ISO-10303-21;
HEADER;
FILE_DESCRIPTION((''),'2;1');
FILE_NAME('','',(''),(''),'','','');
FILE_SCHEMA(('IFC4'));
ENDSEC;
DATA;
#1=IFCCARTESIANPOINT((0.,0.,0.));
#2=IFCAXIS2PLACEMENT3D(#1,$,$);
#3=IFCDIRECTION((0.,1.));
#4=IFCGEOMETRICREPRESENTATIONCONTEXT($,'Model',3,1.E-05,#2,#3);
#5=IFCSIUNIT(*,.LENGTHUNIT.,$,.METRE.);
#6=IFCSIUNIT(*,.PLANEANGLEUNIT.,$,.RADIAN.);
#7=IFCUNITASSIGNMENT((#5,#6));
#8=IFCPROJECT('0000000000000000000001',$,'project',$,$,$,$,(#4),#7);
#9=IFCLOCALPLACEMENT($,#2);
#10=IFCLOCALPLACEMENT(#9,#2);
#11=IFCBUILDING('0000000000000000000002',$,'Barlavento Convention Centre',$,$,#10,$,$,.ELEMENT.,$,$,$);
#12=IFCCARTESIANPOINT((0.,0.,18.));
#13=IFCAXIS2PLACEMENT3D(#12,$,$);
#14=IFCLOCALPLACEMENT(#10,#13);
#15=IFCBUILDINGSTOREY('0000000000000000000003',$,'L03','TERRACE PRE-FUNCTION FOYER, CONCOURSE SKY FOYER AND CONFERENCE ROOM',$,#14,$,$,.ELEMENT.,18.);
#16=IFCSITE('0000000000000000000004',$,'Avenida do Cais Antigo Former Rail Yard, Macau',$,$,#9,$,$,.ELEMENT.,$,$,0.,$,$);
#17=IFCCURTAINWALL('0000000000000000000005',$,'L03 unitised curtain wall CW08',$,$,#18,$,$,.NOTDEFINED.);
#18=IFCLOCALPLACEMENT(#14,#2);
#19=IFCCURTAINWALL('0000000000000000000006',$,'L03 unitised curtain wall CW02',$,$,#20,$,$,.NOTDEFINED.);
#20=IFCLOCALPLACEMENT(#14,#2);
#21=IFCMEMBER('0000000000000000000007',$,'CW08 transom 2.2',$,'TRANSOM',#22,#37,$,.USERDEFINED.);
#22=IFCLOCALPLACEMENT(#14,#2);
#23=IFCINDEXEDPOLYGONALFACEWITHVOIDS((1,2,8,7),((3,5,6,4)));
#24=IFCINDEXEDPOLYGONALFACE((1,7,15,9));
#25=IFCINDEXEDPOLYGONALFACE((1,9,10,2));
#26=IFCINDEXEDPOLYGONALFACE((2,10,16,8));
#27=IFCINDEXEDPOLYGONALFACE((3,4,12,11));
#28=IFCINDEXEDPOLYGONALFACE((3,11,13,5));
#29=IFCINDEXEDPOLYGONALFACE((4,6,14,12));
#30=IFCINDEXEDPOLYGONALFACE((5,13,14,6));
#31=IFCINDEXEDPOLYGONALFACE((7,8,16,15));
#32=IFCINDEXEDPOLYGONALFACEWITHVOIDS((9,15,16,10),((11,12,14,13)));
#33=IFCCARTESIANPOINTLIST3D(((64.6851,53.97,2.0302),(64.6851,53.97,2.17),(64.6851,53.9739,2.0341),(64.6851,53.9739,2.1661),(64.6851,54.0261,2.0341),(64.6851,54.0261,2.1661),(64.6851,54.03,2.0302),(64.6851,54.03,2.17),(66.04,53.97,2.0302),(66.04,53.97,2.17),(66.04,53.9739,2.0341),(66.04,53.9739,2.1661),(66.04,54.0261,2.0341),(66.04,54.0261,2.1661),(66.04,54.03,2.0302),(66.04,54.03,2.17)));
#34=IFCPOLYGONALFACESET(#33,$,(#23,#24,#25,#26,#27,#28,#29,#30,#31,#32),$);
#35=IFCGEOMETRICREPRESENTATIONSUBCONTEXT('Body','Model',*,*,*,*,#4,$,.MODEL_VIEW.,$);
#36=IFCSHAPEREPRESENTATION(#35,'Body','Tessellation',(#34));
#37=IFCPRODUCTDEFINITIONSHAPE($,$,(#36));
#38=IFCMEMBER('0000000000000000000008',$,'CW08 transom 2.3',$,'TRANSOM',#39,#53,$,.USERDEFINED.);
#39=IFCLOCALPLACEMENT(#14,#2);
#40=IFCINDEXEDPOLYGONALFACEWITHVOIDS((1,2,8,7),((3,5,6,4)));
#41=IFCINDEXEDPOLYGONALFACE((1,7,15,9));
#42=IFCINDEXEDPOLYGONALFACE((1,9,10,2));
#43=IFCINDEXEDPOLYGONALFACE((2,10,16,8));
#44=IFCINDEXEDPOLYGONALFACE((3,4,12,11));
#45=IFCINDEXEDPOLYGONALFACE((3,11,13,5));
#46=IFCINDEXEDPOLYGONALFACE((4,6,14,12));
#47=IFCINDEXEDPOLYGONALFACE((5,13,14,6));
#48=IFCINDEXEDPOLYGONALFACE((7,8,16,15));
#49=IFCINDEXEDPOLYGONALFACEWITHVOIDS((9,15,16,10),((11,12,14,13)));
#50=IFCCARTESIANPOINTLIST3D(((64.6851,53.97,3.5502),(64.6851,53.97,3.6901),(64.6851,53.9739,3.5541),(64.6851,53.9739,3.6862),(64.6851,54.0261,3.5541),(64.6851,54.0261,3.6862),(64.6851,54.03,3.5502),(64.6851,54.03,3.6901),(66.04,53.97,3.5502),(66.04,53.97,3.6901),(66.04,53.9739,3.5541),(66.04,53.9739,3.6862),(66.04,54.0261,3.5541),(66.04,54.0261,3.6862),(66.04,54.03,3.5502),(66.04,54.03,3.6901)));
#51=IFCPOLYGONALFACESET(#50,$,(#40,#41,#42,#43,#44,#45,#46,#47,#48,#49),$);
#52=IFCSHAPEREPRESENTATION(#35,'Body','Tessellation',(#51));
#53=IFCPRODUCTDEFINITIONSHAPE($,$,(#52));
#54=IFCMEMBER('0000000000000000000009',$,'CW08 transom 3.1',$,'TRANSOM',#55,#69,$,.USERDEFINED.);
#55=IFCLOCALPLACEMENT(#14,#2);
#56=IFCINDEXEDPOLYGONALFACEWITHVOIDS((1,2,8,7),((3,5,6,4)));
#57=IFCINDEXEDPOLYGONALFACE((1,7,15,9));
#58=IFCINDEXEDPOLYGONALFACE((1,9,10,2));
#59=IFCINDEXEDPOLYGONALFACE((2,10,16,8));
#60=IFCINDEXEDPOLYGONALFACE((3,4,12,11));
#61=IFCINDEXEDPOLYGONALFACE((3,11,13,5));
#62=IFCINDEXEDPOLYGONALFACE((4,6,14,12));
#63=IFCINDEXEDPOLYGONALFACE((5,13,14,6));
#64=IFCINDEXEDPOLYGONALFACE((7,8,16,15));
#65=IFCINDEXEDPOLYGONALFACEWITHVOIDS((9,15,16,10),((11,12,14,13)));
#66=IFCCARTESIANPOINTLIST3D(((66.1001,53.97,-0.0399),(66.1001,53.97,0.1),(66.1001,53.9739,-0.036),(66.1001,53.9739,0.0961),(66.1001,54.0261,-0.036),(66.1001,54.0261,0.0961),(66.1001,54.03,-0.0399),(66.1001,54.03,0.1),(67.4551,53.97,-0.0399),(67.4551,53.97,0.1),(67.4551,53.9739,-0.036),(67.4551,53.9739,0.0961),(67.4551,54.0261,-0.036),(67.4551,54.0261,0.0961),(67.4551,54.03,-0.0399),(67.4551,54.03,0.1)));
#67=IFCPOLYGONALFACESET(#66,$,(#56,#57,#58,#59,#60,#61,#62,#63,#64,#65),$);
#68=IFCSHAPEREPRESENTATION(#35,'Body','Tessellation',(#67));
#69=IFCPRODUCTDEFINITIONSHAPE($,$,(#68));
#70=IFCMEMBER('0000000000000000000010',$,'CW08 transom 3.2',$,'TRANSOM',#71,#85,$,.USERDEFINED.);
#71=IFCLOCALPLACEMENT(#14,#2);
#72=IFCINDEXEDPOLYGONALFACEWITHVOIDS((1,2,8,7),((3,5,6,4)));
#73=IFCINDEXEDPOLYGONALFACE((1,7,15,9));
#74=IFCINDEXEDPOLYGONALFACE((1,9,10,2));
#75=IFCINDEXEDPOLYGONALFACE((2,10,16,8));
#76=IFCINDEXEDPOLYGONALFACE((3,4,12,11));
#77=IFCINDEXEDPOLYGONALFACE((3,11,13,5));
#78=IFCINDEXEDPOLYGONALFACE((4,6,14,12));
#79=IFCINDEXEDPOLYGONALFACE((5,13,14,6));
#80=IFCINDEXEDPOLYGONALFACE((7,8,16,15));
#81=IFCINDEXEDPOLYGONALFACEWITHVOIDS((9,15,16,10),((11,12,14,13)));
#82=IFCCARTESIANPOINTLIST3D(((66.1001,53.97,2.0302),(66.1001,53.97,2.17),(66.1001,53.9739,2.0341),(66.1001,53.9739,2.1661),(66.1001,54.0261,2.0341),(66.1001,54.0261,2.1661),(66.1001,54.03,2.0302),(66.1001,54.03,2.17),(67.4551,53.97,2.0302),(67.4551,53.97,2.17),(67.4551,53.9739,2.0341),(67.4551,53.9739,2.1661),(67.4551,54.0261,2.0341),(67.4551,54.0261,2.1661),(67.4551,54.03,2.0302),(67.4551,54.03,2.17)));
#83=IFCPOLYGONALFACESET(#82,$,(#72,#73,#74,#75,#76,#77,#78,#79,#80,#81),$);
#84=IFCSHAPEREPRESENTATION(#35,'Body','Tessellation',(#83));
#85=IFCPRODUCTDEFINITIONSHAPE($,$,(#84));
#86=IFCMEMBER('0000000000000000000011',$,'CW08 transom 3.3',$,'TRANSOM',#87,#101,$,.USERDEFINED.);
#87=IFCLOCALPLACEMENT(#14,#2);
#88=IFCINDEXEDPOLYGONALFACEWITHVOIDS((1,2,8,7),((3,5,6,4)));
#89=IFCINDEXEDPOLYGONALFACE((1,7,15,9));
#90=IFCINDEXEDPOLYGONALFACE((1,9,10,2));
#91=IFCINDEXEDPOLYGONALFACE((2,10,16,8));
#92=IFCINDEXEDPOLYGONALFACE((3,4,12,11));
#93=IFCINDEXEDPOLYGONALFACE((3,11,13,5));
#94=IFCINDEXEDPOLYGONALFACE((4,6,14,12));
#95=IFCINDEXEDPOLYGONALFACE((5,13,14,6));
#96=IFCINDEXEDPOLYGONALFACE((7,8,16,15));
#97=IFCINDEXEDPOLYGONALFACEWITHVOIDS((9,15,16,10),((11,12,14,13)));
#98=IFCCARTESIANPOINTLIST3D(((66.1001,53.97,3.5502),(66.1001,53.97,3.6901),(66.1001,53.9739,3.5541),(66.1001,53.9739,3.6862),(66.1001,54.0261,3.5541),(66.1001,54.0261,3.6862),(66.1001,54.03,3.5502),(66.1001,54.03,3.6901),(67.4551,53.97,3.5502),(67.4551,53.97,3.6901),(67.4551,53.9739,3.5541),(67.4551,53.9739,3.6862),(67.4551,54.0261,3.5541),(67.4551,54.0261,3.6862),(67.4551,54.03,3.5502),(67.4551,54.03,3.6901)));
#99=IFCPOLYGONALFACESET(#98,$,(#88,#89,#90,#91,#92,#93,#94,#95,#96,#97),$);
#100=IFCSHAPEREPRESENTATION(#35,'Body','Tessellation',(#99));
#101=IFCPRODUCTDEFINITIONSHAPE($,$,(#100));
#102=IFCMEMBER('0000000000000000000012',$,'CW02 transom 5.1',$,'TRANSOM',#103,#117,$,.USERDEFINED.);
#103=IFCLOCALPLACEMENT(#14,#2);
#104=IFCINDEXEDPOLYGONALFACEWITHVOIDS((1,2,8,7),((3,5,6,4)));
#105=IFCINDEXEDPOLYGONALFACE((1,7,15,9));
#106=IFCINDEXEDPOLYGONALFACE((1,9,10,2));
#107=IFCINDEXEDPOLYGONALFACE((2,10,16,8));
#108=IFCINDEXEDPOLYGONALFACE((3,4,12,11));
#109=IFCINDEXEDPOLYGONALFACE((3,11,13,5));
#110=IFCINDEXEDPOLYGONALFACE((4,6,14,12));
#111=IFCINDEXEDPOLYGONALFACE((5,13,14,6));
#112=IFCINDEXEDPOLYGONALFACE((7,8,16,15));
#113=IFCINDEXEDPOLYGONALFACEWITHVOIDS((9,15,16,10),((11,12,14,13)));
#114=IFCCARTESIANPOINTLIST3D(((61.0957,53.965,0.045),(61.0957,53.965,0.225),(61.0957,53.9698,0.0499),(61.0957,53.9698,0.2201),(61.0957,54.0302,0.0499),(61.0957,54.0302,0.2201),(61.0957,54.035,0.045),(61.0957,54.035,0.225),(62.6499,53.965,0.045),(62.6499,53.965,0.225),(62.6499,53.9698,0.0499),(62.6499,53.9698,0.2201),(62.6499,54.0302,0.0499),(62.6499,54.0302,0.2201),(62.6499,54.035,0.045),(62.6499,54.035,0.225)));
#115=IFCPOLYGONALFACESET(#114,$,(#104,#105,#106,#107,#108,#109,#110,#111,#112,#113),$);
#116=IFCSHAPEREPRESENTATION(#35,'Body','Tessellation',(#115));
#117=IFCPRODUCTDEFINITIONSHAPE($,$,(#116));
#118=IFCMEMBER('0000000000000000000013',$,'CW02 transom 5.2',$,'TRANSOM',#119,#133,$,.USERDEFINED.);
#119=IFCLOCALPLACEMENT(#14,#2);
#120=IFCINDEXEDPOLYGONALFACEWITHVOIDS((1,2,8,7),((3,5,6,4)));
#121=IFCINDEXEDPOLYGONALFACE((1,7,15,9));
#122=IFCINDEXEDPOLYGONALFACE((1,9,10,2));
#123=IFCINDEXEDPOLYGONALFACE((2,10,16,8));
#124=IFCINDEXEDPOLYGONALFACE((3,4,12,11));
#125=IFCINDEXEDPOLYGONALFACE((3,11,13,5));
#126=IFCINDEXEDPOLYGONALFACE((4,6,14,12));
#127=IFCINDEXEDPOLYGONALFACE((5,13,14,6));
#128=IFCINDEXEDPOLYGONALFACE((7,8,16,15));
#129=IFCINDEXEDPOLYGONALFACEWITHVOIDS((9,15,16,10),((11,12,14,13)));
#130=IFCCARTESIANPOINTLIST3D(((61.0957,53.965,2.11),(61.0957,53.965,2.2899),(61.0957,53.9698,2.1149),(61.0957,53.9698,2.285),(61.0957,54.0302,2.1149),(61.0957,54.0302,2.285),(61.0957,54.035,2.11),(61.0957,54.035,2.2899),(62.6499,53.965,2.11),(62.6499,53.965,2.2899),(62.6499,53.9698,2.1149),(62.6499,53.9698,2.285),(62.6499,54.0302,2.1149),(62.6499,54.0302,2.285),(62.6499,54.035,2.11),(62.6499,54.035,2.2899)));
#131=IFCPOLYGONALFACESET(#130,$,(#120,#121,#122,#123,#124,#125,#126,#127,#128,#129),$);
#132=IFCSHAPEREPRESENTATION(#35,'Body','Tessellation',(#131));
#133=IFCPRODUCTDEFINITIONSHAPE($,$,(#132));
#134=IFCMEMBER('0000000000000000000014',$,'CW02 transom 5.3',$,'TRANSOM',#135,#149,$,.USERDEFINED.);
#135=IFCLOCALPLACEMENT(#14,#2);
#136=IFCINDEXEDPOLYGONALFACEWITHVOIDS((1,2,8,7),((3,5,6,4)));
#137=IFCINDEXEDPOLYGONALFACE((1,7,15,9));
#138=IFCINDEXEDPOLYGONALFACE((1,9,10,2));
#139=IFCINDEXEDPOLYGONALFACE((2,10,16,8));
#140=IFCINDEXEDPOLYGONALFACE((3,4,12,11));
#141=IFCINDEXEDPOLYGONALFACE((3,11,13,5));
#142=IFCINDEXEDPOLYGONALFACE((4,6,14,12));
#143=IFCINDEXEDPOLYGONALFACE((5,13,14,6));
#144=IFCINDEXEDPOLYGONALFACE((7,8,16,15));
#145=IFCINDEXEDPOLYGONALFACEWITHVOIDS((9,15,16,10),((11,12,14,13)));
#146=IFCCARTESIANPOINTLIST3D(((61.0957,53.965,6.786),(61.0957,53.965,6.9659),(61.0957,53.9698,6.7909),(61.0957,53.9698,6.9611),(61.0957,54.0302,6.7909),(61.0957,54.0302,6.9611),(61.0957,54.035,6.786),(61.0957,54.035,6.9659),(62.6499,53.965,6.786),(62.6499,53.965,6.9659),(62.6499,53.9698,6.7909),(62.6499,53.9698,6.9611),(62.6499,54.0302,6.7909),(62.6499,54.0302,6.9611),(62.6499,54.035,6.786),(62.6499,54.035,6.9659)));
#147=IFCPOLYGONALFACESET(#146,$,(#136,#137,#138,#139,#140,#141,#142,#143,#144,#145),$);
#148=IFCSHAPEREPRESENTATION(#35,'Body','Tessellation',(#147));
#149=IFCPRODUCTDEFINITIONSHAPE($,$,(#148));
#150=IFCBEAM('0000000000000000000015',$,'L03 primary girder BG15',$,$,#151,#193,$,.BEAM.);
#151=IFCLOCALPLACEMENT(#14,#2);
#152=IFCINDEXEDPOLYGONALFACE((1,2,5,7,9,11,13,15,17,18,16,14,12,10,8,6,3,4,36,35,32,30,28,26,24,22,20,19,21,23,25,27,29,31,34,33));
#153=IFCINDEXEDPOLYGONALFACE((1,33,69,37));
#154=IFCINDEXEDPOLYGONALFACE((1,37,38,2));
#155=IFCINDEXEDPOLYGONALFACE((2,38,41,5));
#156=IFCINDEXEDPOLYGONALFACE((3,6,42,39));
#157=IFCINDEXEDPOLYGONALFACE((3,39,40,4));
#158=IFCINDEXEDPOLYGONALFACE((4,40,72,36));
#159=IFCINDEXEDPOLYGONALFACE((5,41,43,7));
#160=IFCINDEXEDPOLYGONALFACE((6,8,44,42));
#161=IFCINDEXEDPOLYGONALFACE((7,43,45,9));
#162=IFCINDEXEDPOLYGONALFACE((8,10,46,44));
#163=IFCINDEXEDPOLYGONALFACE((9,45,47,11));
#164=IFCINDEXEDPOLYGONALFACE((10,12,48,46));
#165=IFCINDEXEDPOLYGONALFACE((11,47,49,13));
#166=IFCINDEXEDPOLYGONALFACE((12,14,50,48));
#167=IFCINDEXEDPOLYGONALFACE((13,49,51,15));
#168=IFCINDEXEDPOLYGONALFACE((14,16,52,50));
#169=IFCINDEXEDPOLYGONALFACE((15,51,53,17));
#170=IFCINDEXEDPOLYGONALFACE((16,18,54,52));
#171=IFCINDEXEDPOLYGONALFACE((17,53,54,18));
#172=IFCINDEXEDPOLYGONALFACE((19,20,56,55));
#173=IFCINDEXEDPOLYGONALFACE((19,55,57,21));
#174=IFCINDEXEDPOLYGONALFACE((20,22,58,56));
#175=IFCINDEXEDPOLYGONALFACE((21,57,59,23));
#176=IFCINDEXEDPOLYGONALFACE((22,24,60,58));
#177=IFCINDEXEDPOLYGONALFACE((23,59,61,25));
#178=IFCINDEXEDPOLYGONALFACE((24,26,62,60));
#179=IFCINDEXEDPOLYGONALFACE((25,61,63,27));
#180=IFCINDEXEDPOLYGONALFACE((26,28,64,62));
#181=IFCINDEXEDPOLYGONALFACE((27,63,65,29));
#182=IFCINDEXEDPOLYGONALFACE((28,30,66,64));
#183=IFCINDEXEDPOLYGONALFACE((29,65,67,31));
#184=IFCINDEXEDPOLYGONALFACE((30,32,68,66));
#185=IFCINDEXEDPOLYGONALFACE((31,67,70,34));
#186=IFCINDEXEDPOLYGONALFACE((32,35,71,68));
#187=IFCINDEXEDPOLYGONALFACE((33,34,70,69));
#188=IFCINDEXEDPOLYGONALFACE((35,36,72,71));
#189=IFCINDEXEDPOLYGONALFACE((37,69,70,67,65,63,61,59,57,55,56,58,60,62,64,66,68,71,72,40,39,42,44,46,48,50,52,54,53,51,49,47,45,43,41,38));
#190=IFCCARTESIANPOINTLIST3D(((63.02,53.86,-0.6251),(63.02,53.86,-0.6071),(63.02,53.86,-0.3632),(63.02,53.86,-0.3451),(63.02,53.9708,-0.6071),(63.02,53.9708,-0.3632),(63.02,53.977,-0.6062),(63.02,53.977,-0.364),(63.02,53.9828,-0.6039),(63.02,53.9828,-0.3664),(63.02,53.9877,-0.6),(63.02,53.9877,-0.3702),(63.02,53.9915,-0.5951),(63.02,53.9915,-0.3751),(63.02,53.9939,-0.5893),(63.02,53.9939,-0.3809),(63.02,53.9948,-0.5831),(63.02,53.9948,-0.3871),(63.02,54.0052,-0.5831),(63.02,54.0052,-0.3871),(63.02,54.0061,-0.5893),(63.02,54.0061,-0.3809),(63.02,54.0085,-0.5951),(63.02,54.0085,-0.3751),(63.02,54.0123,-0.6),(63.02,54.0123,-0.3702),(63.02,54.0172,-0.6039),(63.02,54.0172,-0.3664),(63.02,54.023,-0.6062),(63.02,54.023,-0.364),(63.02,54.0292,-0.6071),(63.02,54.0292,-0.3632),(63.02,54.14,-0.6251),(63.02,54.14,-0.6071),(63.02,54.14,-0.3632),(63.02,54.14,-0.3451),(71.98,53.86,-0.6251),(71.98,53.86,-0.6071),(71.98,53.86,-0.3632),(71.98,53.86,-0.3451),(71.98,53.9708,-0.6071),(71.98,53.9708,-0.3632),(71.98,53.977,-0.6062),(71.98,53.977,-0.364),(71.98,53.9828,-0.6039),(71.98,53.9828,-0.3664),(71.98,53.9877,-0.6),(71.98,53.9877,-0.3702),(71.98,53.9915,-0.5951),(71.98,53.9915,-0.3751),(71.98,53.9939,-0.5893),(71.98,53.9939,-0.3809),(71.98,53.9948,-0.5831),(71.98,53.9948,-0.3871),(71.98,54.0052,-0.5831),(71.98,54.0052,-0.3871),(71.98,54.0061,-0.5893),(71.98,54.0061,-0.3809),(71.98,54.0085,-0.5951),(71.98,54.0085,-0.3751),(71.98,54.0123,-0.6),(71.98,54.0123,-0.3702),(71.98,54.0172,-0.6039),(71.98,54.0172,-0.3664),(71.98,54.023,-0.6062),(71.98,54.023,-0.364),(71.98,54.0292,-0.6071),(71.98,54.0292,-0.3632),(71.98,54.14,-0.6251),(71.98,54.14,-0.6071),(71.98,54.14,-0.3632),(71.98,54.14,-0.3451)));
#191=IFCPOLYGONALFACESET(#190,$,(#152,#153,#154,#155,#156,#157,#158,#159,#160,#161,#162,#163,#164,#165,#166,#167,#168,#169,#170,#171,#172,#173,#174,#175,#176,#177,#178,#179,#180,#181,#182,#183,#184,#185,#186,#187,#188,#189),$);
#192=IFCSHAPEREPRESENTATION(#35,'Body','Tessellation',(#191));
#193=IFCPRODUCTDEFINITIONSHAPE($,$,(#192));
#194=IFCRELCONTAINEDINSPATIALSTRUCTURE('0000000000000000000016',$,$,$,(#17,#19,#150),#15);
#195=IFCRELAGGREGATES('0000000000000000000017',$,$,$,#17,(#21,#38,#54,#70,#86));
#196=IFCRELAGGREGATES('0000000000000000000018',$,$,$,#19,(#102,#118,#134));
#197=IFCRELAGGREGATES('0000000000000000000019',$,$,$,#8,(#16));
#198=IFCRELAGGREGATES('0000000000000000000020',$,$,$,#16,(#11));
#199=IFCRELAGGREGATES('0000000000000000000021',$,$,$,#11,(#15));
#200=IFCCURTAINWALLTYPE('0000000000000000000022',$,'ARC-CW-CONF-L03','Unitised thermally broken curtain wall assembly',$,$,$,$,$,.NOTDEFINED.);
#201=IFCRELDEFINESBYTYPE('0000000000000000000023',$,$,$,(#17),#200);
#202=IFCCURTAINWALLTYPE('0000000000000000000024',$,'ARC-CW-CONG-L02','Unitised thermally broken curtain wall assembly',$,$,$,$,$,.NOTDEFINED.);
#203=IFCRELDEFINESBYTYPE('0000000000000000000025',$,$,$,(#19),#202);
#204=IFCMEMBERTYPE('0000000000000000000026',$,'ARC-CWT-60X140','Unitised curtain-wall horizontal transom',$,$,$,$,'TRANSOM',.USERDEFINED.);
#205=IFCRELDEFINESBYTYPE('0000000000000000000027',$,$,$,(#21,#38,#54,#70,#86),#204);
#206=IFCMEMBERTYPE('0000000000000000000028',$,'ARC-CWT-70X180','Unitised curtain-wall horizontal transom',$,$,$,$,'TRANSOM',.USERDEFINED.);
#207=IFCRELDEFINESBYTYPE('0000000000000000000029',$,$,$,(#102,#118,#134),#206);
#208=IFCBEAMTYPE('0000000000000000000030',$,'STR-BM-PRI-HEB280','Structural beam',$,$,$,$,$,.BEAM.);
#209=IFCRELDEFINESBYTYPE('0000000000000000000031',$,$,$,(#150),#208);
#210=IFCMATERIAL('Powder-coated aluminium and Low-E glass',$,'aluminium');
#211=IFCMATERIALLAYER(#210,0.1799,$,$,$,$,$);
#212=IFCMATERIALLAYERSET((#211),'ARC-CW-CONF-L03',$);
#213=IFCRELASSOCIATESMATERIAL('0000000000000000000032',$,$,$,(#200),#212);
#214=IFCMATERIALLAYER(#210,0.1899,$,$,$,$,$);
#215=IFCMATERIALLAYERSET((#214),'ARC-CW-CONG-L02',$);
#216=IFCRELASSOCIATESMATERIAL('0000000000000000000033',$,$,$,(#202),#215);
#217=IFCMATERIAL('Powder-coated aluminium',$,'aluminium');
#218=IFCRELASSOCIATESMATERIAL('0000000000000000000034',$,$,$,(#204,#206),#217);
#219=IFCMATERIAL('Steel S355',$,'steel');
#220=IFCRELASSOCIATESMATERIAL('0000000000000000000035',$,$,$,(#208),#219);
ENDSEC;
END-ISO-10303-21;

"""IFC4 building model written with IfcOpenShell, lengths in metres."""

from ifc_helpers import new_model, si_unit, direction, frame, origin, origin_2d, place, context, subcontext, project, spatial, hollow_rectangle, i_section, extrude, material, layer, layer_set, material_profile, profile_set, type_object, element, aggregate, save


model = new_model("IFC4")

# Units and contexts
model_context = context("Model", 3, precision=1e-05, world=origin(), true_north=direction((0.0, 1.0)))
body_context = subcontext(model_context, "Body", "Model", "MODEL_VIEW")
ifc_project = project(units=[si_unit("LENGTHUNIT", "METRE"), si_unit("PLANEANGLEUNIT", "RADIAN")], contexts=[model_context])

# Site, building, storey
site_placement = place(None, origin())
site = spatial("IfcSite", under=ifc_project, at=site_placement, Name="Avenida do Cais Antigo Former Rail Yard, Macau", CompositionType="ELEMENT", RefElevation=0.0)
building_placement = place(site_placement, origin())
building = spatial("IfcBuilding", under=site, at=building_placement, Name="Barlavento Convention Centre", CompositionType="ELEMENT")
storey_placement = place(building_placement, frame((0.0, 0.0, 18.0)))
storey = spatial("IfcBuildingStorey", under=building, at=storey_placement, Name="L03", Description="TERRACE PRE-FUNCTION FOYER, CONCOURSE SKY FOYER AND CONFERENCE ROOM", CompositionType="ELEMENT", Elevation=18.0)

# Shared definitions
ifc_material_1 = material(Name="Steel S355", Category="steel")

# Curtain wall
ifc_material_2 = material(Name="Powder-coated aluminium and Low-E glass", Category="aluminium")
ifc_layer_1 = layer(ifc_material_2, 0.1799)
ifc_layer_set_1 = layer_set([ifc_layer_1], Name="ARC-CW-CONF-L03")
curtain_wall_type_1 = type_object("IfcCurtainWallType", Name="ARC-CW-CONF-L03", Description="Unitised thermally broken curtain wall assembly", PredefinedType="NOTDEFINED", material=ifc_layer_set_1)
curtain_wall_1_placement = place(storey_placement, origin())
curtain_wall_1 = element("IfcCurtainWall", 1, at=curtain_wall_1_placement, inside=storey, type_object=curtain_wall_type_1, Name="L03 unitised curtain wall CW08", PredefinedType="NOTDEFINED")
ifc_material_3 = material(Name="Powder-coated aluminium", Category="aluminium")

# Curtain wall
ifc_layer_2 = layer(ifc_material_2, 0.1899)
ifc_layer_set_2 = layer_set([ifc_layer_2], Name="ARC-CW-CONG-L02")
curtain_wall_type_2 = type_object("IfcCurtainWallType", Name="ARC-CW-CONG-L02", Description="Unitised thermally broken curtain wall assembly", PredefinedType="NOTDEFINED", material=ifc_layer_set_2)
curtain_wall_2_placement = place(storey_placement, origin())
curtain_wall_2 = element("IfcCurtainWall", 2, at=curtain_wall_2_placement, inside=storey, type_object=curtain_wall_type_2, Name="L03 unitised curtain wall CW02", PredefinedType="NOTDEFINED")

# Members
ifc_material_profile_1 = material_profile(ifc_material_3, hollow_rectangle(XDim=0.0601, YDim=0.1399, WallThickness=0.0039, at=origin_2d()), Name="AL-TRAN 60x140x4")
ifc_profile_set_1 = profile_set([ifc_material_profile_1], Name="Powder-coated aluminium")
member_type_1 = type_object("IfcMemberType", Name="ARC-CWT-60X140", Description="Unitised curtain-wall horizontal transom", ElementType="TRANSOM", PredefinedType="USERDEFINED", material=ifc_profile_set_1)
member_1_placement = place(storey_placement, frame((64.6851, 54.0, 2.1001), z_axis=(1.0, 0.0, 0.0), x_axis=(0.0, 1.0, 0.0)))
member_1 = element("IfcMember", 3, at=member_1_placement, type_object=member_type_1, Name="CW08 transom 2.2", ObjectType="TRANSOM", PredefinedType="USERDEFINED", context=body_context, shape_type="SweptSolid", body=[
    extrude(hollow_rectangle(XDim=0.0601, YDim=0.1399, WallThickness=0.0039, at=origin_2d()), origin(), (0.0, 0.0, 1.0), 1.355),
])
member_2_placement = place(storey_placement, frame((64.6851, 54.0, 3.6201), z_axis=(1.0, 0.0, 0.0), x_axis=(0.0, 1.0, 0.0)))
member_2 = element("IfcMember", 4, at=member_2_placement, type_object=member_type_1, Name="CW08 transom 2.3", ObjectType="TRANSOM", PredefinedType="USERDEFINED", context=body_context, shape_type="SweptSolid", body=[
    extrude(hollow_rectangle(XDim=0.0601, YDim=0.1399, WallThickness=0.0039, at=origin_2d()), origin(), (0.0, 0.0, 1.0), 1.355),
])
member_3_placement = place(storey_placement, frame((66.1001, 54.0, 0.03), z_axis=(1.0, 0.0, 0.0), x_axis=(0.0, 1.0, 0.0)))
member_3 = element("IfcMember", 5, at=member_3_placement, type_object=member_type_1, Name="CW08 transom 3.1", ObjectType="TRANSOM", PredefinedType="USERDEFINED", context=body_context, shape_type="SweptSolid", body=[
    extrude(hollow_rectangle(XDim=0.0601, YDim=0.1399, WallThickness=0.0039, at=origin_2d()), origin(), (0.0, 0.0, 1.0), 1.355),
])
member_4_placement = place(storey_placement, frame((66.1001, 54.0, 2.1001), z_axis=(1.0, 0.0, 0.0), x_axis=(0.0, 1.0, 0.0)))
member_4 = element("IfcMember", 6, at=member_4_placement, type_object=member_type_1, Name="CW08 transom 3.2", ObjectType="TRANSOM", PredefinedType="USERDEFINED", context=body_context, shape_type="SweptSolid", body=[
    extrude(hollow_rectangle(XDim=0.0601, YDim=0.1399, WallThickness=0.0039, at=origin_2d()), origin(), (0.0, 0.0, 1.0), 1.355),
])
member_5_placement = place(storey_placement, frame((66.1001, 54.0, 3.6201), z_axis=(1.0, 0.0, 0.0), x_axis=(0.0, 1.0, 0.0)))
member_5 = element("IfcMember", 7, at=member_5_placement, type_object=member_type_1, Name="CW08 transom 3.3", ObjectType="TRANSOM", PredefinedType="USERDEFINED", context=body_context, shape_type="SweptSolid", body=[
    extrude(hollow_rectangle(XDim=0.0601, YDim=0.1399, WallThickness=0.0039, at=origin_2d()), origin(), (0.0, 0.0, 1.0), 1.355),
])
ifc_material_profile_2 = material_profile(ifc_material_3, hollow_rectangle(XDim=0.0701, YDim=0.1799, WallThickness=0.0049, at=origin_2d()), Name="AL-TRAN 70x180x5")
ifc_profile_set_2 = profile_set([ifc_material_profile_2], Name="Powder-coated aluminium")
member_type_2 = type_object("IfcMemberType", Name="ARC-CWT-70X180", Description="Unitised curtain-wall horizontal transom", ElementType="TRANSOM", PredefinedType="USERDEFINED", material=ifc_profile_set_2)
member_6_placement = place(storey_placement, frame((61.0957, 54.0, 0.135), z_axis=(1.0, 0.0, 0.0), x_axis=(0.0, 1.0, 0.0)))
member_6 = element("IfcMember", 8, at=member_6_placement, type_object=member_type_2, Name="CW02 transom 5.1", ObjectType="TRANSOM", PredefinedType="USERDEFINED", context=body_context, shape_type="SweptSolid", body=[
    extrude(hollow_rectangle(XDim=0.0701, YDim=0.1799, WallThickness=0.0049, at=origin_2d()), origin(), (0.0, 0.0, 1.0), 1.5542),
])
member_7_placement = place(storey_placement, frame((61.0957, 54.0, 2.2), z_axis=(1.0, 0.0, 0.0), x_axis=(0.0, 1.0, 0.0)))
member_7 = element("IfcMember", 9, at=member_7_placement, type_object=member_type_2, Name="CW02 transom 5.2", ObjectType="TRANSOM", PredefinedType="USERDEFINED", context=body_context, shape_type="SweptSolid", body=[
    extrude(hollow_rectangle(XDim=0.0701, YDim=0.1799, WallThickness=0.0049, at=origin_2d()), origin(), (0.0, 0.0, 1.0), 1.5542),
])
member_8_placement = place(storey_placement, frame((61.0957, 54.0, 6.876), z_axis=(1.0, 0.0, 0.0), x_axis=(0.0, 1.0, 0.0)))
member_8 = element("IfcMember", 10, at=member_8_placement, type_object=member_type_2, Name="CW02 transom 5.3", ObjectType="TRANSOM", PredefinedType="USERDEFINED", context=body_context, shape_type="SweptSolid", body=[
    extrude(hollow_rectangle(XDim=0.0701, YDim=0.1799, WallThickness=0.0049, at=origin_2d()), origin(), (0.0, 0.0, 1.0), 1.5542),
])

# Beam
ifc_material_profile_3 = material_profile(ifc_material_1, i_section(OverallWidth=0.28, OverallDepth=0.28, WebThickness=0.0105, FlangeThickness=0.0181, FilletRadius=0.0239, at=origin_2d()), Name="HEB 280")
ifc_profile_set_3 = profile_set([ifc_material_profile_3], Name="Steel S355")
beam_type_1 = type_object("IfcBeamType", Name="STR-BM-PRI-HEB280", Description="Structural beam", PredefinedType="BEAM", material=ifc_profile_set_3)
beam_1_placement = place(storey_placement, frame((63.02, 54.0, -0.4851), z_axis=(1.0, 0.0, 0.0), x_axis=(0.0, 1.0, 0.0)))
element("IfcBeam", 11, at=beam_1_placement, inside=storey, type_object=beam_type_1, Name="L03 primary girder BG15", PredefinedType="BEAM", context=body_context, shape_type="SweptSolid", body=[
    extrude(i_section(OverallWidth=0.28, OverallDepth=0.28, WebThickness=0.0105, FlangeThickness=0.0181, FilletRadius=0.0239, at=origin_2d()), origin(), (0.0, 0.0, 1.0), 8.96),
])

aggregate(curtain_wall_1, [member_1, member_2, member_3, member_4, member_5])
aggregate(curtain_wall_2, [member_6, member_7, member_8])

save(model, "model.ifc")
